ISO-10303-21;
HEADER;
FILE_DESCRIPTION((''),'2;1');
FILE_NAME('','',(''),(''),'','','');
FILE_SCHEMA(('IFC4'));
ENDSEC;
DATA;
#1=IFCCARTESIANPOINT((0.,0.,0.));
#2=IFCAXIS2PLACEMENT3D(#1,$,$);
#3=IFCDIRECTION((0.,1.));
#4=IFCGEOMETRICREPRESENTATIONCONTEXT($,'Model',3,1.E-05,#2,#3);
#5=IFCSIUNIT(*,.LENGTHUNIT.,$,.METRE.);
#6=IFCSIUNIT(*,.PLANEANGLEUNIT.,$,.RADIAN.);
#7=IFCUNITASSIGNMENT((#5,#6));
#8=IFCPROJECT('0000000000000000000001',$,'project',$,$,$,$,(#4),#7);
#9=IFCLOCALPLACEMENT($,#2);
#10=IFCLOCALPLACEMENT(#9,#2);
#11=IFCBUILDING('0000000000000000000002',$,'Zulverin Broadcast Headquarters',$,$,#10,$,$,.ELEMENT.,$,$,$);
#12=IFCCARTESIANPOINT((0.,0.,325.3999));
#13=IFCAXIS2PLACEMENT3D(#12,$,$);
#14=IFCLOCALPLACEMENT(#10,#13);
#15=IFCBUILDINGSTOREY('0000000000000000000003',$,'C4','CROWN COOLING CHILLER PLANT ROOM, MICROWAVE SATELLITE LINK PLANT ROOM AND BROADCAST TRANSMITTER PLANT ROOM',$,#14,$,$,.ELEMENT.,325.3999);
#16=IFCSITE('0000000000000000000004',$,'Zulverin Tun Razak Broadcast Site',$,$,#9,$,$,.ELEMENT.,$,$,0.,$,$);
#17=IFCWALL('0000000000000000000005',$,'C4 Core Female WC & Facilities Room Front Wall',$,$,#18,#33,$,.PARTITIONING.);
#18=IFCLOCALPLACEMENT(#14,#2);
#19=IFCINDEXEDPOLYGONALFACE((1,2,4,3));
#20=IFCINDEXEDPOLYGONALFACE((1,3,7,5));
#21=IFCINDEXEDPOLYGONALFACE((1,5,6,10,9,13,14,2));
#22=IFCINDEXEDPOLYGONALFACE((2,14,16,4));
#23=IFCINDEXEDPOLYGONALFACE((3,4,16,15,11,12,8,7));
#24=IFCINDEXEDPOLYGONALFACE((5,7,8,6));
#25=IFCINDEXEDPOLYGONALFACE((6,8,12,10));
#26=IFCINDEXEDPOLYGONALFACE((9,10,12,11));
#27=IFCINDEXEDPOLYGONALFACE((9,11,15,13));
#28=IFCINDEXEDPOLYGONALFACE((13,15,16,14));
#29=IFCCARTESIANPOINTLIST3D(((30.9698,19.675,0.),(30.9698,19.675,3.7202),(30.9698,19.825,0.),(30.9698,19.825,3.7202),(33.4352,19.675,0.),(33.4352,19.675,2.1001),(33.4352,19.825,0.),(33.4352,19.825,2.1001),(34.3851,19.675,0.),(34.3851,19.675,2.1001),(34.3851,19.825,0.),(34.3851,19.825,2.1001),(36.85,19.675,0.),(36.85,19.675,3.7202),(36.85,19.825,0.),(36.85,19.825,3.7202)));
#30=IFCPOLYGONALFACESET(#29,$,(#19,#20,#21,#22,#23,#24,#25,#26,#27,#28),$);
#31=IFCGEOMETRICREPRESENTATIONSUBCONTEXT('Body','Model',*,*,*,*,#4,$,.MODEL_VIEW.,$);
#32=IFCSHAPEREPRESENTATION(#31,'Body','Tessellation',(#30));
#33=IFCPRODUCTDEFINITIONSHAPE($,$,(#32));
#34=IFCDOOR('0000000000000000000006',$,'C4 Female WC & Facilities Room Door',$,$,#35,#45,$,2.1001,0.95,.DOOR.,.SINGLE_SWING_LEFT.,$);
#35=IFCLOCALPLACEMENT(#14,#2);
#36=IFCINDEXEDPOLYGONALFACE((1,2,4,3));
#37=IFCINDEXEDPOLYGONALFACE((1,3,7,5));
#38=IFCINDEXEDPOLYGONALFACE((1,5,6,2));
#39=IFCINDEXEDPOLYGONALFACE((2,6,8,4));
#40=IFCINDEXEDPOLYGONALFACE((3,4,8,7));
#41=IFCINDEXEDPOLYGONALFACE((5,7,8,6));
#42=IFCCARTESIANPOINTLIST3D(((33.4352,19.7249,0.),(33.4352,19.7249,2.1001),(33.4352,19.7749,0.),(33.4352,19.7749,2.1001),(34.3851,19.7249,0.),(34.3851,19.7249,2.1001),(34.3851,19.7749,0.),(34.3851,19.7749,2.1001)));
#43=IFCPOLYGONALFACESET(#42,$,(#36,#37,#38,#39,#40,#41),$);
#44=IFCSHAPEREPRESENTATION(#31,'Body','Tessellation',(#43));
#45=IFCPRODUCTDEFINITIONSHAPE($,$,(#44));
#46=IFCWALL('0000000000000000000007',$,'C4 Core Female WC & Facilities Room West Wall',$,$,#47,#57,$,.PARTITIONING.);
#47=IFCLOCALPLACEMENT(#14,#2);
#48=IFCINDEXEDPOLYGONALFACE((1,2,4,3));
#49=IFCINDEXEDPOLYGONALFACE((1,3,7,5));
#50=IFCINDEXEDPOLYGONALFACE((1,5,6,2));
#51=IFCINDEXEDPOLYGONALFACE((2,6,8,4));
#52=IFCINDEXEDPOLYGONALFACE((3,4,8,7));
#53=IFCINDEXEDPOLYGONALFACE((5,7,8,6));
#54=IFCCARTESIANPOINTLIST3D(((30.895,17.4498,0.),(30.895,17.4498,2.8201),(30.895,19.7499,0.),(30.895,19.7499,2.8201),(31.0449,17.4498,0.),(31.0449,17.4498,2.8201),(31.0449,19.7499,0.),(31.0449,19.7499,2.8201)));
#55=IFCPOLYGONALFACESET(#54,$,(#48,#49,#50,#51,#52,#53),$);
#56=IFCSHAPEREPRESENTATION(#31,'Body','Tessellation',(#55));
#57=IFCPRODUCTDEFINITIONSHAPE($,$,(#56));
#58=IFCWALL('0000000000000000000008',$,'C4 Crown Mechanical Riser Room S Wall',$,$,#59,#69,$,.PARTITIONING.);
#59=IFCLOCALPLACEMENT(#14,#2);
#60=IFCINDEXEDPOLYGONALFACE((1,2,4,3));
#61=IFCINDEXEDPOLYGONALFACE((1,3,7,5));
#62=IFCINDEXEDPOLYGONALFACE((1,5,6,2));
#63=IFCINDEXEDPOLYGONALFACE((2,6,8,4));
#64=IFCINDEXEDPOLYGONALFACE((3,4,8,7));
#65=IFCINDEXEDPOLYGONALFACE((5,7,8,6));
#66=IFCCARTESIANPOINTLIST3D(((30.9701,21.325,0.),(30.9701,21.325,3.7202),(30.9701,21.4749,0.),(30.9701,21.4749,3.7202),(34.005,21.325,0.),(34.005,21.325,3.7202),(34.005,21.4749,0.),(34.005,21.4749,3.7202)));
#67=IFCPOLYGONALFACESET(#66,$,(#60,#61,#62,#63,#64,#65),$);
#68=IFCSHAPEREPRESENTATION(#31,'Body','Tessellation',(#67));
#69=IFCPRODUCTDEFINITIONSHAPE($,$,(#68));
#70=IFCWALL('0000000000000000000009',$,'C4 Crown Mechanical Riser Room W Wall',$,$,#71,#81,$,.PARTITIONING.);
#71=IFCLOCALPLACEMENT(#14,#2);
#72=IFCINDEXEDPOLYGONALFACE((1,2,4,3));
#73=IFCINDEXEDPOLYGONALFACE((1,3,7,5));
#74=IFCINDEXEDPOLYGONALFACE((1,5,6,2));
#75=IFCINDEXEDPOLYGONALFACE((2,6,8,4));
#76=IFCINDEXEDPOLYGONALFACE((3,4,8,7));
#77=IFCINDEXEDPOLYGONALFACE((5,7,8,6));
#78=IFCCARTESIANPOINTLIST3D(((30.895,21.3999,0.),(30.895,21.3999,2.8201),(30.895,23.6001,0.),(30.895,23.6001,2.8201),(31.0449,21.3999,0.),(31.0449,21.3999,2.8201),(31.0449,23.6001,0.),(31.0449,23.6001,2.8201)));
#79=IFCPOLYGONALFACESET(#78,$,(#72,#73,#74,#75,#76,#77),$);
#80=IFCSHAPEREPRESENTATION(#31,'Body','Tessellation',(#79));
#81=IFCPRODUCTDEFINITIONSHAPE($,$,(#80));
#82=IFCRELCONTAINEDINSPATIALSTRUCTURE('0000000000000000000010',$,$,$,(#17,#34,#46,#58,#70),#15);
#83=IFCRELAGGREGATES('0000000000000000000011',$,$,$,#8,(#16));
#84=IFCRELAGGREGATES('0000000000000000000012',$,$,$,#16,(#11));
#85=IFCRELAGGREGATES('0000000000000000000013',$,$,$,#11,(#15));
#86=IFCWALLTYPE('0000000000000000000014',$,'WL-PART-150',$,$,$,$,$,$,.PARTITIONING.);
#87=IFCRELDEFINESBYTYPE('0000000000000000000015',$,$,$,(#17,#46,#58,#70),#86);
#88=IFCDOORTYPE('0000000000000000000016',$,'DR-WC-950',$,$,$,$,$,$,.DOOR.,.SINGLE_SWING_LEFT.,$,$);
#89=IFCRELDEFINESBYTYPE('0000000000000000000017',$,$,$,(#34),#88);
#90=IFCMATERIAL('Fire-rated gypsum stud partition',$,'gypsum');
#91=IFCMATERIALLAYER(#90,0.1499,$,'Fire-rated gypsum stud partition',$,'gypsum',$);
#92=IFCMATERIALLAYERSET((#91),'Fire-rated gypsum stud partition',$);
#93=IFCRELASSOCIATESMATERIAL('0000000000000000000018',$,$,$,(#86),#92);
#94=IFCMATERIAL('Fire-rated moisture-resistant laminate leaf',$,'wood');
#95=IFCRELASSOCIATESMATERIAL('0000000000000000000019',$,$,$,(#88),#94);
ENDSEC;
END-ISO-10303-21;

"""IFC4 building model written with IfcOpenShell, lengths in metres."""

from ifc_helpers import new_model, si_unit, direction, frame, frame_2d, origin, place, context, subcontext, project, spatial, rectangle, extrude, material, layer, layer_set, type_object, element, fill, save


model = new_model("IFC4")

# Units and contexts
model_context = context("Model", 3, precision=1e-05, world=origin(), true_north=direction((0.0, 1.0)))
body_context = subcontext(model_context, "Body", "Model", "MODEL_VIEW")
ifc_project = project(units=[si_unit("LENGTHUNIT", "METRE"), si_unit("PLANEANGLEUNIT", "RADIAN")], contexts=[model_context])

# Site, building, storey
site_placement = place(None, origin())
site = spatial("IfcSite", under=ifc_project, at=site_placement, Name="Zulverin Tun Razak Broadcast Site", CompositionType="ELEMENT", RefElevation=0.0)
building_placement = place(site_placement, origin())
building = spatial("IfcBuilding", under=site, at=building_placement, Name="Zulverin Broadcast Headquarters", CompositionType="ELEMENT")
storey_placement = place(building_placement, frame((0.0, 0.0, 325.3999)))
storey = spatial("IfcBuildingStorey", under=building, at=storey_placement, Name="C4", Description="CROWN COOLING CHILLER PLANT ROOM, MICROWAVE SATELLITE LINK PLANT ROOM AND BROADCAST TRANSMITTER PLANT ROOM", CompositionType="ELEMENT", Elevation=325.3999)

# Wall, opening, door
ifc_material_1 = material(Name="Fire-rated gypsum stud partition", Category="gypsum")
ifc_layer_1 = layer(ifc_material_1, 0.1499, Name="Fire-rated gypsum stud partition", Category="gypsum")
ifc_layer_set_1 = layer_set([ifc_layer_1], Name="Fire-rated gypsum stud partition")
wall_type_1 = type_object("IfcWallType", Name="WL-PART-150", PredefinedType="PARTITIONING", material=ifc_layer_set_1)
wall_1_placement = place(storey_placement, frame((30.97, 19.75, 0.0), z_axis=(0.0, 0.0, 1.0), x_axis=(1.0, 0.0, 0.0)))
wall_1 = element("IfcWall", 1, at=wall_1_placement, inside=storey, type_object=wall_type_1, Name="C4 Core Female WC & Facilities Room Front Wall", PredefinedType="PARTITIONING", context=body_context, shape_type="SweptSolid", body=[
    extrude(rectangle(XDim=5.8801, YDim=0.1499, at=frame_2d((2.9399, 0.0))), origin(), (0.0, 0.0, 1.0), 3.7202),
])
opening_1_placement = place(wall_1_placement, frame((2.4651, 0.0, 0.0)))
opening_1 = element("IfcOpeningElement", 2, at=opening_1_placement, cuts=wall_1, PredefinedType="OPENING", context=body_context, shape_type="SweptSolid", body=[
    extrude(rectangle(XDim=0.95, YDim=2.1001, at=frame_2d((0.4751, 1.05))), frame((0.0, 0.085, 0.0), z_axis=(0.0, -1.0, 0.0), x_axis=(1.0, 0.0, 0.0)), (0.0, 0.0, 1.0), 0.1699),
])
ifc_material_2 = material(Name="Fire-rated moisture-resistant laminate leaf", Category="wood")
door_type_1 = type_object("IfcDoorType", Name="DR-WC-950", OperationType="SINGLE_SWING_LEFT", PredefinedType="DOOR", material=ifc_material_2)
door_1_placement = place(opening_1_placement, origin())
door_1 = element("IfcDoor", 3, at=door_1_placement, inside=storey, type_object=door_type_1, Name="C4 Female WC & Facilities Room Door", OperationType="SINGLE_SWING_LEFT", OverallHeight=2.1001, OverallWidth=0.95, PredefinedType="DOOR", context=body_context, shape_type="SweptSolid", body=[
    extrude(rectangle(XDim=0.95, YDim=2.1001, at=frame_2d((0.4751, 1.05))), frame((0.0, 0.0249, 0.0), z_axis=(0.0, -1.0, 0.0), x_axis=(1.0, 0.0, 0.0)), (0.0, 0.0, 1.0), 0.05),
])
fill(opening_1, door_1)

# Walls
wall_2_placement = place(storey_placement, frame((30.97, 17.45, 0.0), z_axis=(0.0, 0.0, 1.0), x_axis=(0.0, 1.0, 0.0)))
element("IfcWall", 4, at=wall_2_placement, inside=storey, type_object=wall_type_1, Name="C4 Core Female WC & Facilities Room West Wall", PredefinedType="PARTITIONING", context=body_context, shape_type="SweptSolid", body=[
    extrude(rectangle(XDim=2.3, YDim=0.1499, at=frame_2d((1.1499, 0.0))), origin(), (0.0, 0.0, 1.0), 2.8201),
])
wall_3_placement = place(storey_placement, frame((30.97, 21.3999, 0.0), z_axis=(0.0, 0.0, 1.0), x_axis=(1.0, 0.0, 0.0)))
element("IfcWall", 5, at=wall_3_placement, inside=storey, type_object=wall_type_1, Name="C4 Crown Mechanical Riser Room S Wall", PredefinedType="PARTITIONING", context=body_context, shape_type="SweptSolid", body=[
    extrude(rectangle(XDim=3.0349, YDim=0.1499, at=frame_2d((1.5176, 0.0))), origin(), (0.0, 0.0, 1.0), 3.7202),
])
wall_4_placement = place(storey_placement, frame((30.97, 21.3999, 0.0), z_axis=(0.0, 0.0, 1.0), x_axis=(0.0, 1.0, 0.0)))
element("IfcWall", 6, at=wall_4_placement, inside=storey, type_object=wall_type_1, Name="C4 Crown Mechanical Riser Room W Wall", PredefinedType="PARTITIONING", context=body_context, shape_type="SweptSolid", body=[
    extrude(rectangle(XDim=2.2002, YDim=0.1499, at=frame_2d((1.1001, 0.0))), origin(), (0.0, 0.0, 1.0), 2.8201),
])

save(model, "model.ifc")
